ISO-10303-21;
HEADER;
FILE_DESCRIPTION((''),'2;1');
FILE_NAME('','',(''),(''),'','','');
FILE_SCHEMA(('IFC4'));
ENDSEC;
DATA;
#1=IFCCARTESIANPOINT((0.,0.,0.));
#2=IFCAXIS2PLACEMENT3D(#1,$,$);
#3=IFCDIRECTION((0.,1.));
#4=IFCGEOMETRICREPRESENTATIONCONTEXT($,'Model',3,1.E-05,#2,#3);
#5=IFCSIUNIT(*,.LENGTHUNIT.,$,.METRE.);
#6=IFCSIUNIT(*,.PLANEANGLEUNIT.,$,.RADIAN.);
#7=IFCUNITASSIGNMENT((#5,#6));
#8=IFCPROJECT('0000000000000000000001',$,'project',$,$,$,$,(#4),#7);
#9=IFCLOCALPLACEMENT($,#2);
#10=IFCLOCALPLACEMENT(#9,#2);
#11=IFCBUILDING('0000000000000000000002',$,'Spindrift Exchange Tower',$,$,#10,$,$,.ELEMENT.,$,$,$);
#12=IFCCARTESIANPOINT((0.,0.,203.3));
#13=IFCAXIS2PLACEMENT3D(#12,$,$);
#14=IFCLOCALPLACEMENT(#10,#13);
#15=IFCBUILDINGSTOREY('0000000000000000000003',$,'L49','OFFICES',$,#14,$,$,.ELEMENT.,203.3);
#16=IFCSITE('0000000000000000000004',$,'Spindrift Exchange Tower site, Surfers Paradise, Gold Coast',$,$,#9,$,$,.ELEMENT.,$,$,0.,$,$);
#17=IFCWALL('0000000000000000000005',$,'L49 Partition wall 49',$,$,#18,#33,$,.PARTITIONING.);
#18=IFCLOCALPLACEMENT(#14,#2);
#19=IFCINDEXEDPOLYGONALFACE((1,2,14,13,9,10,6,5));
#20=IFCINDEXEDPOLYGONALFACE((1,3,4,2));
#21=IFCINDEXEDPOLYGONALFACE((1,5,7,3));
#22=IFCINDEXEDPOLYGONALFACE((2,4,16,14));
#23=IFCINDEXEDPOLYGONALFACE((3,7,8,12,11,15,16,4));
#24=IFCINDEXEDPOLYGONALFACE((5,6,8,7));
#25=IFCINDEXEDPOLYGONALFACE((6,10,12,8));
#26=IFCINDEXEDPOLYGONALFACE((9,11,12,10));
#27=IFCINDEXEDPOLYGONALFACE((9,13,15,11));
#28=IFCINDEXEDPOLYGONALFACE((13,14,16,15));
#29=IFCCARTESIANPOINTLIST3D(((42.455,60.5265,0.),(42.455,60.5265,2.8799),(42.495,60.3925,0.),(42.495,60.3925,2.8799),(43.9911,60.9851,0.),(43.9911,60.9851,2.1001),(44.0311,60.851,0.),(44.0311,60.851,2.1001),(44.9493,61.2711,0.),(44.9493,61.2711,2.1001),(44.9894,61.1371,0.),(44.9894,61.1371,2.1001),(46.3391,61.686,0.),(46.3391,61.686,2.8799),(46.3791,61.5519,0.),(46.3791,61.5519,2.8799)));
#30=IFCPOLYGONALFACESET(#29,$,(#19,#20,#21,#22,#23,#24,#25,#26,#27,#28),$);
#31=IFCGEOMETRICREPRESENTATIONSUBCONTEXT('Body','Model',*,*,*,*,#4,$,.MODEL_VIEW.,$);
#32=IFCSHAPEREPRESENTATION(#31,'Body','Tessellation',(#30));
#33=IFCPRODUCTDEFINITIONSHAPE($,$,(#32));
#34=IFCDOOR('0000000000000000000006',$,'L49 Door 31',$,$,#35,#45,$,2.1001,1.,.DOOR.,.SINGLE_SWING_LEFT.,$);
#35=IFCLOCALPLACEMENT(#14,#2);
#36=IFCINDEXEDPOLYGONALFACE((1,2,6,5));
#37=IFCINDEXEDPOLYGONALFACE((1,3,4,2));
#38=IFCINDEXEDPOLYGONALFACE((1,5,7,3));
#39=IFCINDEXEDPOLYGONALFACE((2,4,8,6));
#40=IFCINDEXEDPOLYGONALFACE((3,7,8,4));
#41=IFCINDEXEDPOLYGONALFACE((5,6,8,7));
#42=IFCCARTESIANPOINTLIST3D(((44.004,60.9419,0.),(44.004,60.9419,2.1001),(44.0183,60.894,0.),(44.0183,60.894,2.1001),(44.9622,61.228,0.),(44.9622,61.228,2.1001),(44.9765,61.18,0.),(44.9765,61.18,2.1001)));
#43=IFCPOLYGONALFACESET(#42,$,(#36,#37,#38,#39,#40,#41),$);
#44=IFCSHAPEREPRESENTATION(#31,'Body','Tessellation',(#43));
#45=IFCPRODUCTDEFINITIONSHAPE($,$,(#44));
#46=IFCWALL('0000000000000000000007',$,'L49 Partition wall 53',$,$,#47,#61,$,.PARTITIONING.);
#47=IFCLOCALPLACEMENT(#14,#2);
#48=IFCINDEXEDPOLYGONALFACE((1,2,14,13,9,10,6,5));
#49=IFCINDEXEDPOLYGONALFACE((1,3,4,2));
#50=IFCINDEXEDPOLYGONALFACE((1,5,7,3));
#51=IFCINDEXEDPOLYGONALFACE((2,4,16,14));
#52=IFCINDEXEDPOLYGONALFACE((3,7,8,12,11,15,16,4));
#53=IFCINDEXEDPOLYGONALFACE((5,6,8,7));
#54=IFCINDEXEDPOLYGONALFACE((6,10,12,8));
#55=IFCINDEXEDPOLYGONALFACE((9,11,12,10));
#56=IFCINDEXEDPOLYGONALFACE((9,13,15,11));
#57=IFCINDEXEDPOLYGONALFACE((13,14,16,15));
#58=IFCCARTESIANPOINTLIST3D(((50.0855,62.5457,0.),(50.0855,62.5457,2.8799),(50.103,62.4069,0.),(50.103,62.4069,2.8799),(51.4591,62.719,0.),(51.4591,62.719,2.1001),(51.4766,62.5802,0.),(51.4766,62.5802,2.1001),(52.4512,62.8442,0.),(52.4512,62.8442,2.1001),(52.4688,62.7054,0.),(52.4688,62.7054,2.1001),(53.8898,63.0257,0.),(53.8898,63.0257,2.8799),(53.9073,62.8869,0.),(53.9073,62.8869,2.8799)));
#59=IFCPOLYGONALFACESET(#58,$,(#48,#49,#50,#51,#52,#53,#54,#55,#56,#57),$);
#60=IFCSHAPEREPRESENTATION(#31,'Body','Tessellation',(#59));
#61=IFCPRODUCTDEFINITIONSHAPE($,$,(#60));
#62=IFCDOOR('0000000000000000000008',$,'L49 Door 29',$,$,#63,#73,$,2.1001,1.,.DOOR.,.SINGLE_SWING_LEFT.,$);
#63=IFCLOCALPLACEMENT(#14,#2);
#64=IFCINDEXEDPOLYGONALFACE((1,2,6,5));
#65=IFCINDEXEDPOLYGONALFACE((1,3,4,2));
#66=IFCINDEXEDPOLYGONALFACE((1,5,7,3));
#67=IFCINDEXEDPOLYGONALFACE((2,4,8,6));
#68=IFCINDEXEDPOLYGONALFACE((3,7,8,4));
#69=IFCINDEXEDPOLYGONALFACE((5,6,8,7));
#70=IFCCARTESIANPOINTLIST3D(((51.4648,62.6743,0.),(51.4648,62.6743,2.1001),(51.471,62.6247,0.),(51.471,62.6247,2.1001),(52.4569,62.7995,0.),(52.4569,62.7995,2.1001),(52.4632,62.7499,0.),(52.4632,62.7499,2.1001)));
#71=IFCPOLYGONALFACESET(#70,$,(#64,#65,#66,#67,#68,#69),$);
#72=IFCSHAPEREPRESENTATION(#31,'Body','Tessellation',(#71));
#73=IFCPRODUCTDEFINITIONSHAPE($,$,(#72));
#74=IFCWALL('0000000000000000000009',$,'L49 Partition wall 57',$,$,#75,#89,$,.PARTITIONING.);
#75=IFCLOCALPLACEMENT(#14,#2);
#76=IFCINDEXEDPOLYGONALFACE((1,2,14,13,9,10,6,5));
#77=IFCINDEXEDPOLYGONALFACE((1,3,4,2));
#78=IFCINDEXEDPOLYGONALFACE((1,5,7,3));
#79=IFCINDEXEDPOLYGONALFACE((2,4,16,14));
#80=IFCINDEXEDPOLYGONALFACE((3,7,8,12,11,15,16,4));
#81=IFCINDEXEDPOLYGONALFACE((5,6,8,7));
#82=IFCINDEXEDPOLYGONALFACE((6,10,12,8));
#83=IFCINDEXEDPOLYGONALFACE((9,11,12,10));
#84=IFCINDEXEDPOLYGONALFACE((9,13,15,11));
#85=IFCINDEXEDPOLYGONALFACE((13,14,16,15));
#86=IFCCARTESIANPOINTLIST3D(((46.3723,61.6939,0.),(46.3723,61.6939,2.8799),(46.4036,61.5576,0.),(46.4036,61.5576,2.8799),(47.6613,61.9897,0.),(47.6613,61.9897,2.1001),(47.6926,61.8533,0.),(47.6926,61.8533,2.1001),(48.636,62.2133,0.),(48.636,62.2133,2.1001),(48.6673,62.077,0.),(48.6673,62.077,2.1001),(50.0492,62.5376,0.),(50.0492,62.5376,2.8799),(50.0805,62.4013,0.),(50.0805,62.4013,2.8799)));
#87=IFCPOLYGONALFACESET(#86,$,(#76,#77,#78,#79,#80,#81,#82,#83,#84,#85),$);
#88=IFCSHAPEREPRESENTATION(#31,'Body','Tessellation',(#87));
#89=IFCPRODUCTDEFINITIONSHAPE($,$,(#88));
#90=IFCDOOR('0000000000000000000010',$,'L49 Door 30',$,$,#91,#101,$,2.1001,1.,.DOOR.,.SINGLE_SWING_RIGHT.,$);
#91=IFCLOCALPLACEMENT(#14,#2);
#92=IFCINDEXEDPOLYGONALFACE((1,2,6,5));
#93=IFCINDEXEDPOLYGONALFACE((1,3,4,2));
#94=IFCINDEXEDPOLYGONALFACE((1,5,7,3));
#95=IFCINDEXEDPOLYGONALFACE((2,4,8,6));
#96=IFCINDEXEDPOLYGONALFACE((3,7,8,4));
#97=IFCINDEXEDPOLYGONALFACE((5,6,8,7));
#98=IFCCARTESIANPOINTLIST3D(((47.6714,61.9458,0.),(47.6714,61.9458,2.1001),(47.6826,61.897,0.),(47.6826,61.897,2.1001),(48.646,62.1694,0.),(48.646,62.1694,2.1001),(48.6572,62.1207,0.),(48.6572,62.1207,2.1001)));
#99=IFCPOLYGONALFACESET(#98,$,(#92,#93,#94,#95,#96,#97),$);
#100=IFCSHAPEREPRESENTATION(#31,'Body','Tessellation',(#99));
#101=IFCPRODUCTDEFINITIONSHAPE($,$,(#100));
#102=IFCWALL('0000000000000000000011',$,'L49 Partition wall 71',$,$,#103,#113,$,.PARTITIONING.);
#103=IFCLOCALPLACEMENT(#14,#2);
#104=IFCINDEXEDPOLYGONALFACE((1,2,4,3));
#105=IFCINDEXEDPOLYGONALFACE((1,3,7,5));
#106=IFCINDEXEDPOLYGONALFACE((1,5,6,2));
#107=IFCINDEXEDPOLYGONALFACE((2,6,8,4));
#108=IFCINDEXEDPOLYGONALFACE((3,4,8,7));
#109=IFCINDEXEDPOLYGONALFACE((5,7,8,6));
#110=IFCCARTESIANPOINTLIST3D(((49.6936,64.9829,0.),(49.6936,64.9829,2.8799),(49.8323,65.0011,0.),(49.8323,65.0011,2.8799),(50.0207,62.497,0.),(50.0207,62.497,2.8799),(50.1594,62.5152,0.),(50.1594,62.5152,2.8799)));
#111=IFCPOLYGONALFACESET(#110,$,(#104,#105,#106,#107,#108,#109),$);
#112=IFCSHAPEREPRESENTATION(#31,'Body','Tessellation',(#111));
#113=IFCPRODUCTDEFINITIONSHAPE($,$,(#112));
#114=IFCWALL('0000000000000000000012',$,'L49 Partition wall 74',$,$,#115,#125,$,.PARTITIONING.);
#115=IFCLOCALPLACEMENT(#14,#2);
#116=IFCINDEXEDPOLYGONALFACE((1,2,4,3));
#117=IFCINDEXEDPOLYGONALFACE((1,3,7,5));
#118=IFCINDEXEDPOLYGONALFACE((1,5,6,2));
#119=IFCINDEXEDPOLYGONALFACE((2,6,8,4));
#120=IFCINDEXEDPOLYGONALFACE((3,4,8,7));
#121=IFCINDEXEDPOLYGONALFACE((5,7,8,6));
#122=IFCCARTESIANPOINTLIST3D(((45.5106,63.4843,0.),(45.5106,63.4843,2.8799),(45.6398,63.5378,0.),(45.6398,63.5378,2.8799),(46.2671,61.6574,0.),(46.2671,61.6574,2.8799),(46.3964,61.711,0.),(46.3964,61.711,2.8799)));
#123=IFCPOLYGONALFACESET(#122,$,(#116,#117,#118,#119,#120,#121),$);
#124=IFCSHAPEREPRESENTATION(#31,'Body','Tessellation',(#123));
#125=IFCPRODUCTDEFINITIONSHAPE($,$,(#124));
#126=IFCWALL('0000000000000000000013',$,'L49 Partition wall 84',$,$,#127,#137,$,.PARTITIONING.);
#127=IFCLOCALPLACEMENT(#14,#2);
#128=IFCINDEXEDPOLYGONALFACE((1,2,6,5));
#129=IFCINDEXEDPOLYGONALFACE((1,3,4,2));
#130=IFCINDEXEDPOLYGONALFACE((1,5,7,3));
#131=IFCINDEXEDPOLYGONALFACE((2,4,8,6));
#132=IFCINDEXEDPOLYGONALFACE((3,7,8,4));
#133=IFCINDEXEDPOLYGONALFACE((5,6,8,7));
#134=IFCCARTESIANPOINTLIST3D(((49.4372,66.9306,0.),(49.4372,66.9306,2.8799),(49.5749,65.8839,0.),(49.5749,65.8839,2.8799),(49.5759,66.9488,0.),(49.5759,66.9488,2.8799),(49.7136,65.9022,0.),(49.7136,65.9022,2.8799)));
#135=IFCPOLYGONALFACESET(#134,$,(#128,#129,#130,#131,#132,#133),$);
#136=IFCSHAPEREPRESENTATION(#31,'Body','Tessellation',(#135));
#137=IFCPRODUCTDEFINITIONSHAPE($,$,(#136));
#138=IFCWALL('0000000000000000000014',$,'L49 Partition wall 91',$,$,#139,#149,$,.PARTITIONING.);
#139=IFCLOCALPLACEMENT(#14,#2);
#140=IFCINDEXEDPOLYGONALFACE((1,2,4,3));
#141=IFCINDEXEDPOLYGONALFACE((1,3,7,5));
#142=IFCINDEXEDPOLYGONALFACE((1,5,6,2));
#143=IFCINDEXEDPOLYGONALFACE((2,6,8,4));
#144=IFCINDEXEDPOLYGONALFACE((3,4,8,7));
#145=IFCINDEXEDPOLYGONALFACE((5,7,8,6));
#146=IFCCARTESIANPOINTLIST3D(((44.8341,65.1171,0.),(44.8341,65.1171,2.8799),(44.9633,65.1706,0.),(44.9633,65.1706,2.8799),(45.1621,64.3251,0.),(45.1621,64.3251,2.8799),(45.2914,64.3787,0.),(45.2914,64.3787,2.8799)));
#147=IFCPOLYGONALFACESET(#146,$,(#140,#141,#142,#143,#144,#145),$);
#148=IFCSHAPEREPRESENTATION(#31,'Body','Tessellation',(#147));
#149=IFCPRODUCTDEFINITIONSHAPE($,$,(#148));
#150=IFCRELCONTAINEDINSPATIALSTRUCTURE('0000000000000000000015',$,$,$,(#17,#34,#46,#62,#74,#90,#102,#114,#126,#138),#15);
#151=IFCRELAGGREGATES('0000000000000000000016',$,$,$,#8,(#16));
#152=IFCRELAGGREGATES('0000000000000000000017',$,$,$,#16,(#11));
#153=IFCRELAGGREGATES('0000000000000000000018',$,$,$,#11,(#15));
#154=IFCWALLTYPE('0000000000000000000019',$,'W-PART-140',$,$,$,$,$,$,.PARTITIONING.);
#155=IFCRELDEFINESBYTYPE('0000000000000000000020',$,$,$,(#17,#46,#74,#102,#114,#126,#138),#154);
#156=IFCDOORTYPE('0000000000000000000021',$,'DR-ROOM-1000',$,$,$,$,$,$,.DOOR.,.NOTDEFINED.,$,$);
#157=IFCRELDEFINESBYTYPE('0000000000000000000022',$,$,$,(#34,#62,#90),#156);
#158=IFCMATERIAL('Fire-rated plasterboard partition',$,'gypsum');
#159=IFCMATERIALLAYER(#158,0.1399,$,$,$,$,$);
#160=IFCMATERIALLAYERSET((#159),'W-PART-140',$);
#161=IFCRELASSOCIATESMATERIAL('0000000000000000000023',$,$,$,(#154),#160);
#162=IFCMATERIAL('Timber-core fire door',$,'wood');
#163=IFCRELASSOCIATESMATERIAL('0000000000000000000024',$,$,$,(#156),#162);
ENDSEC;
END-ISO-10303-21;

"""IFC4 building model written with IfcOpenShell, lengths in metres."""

from ifc_helpers import new_model, si_unit, direction, frame, frame_2d, origin, place, context, subcontext, project, spatial, rectangle, extrude, source, transform, mapped, material, layer, layer_set, type_object, element, fill, save


model = new_model("IFC4")

# Units and contexts
model_context = context("Model", 3, precision=1e-05, world=origin(), true_north=direction((0.0, 1.0)))
body_context = subcontext(model_context, "Body", "Model", "MODEL_VIEW")
ifc_project = project(units=[si_unit("LENGTHUNIT", "METRE"), si_unit("PLANEANGLEUNIT", "RADIAN")], contexts=[model_context])

# Site, building, storey
site_placement = place(None, origin())
site = spatial("IfcSite", under=ifc_project, at=site_placement, Name="Spindrift Exchange Tower site, Surfers Paradise, Gold Coast", CompositionType="ELEMENT", RefElevation=0.0)
building_placement = place(site_placement, origin())
building = spatial("IfcBuilding", under=site, at=building_placement, Name="Spindrift Exchange Tower", CompositionType="ELEMENT")
storey_placement = place(building_placement, frame((0.0, 0.0, 203.3)))
storey = spatial("IfcBuildingStorey", under=building, at=storey_placement, Name="L49", Description="OFFICES", CompositionType="ELEMENT", Elevation=203.3)

# Walls, openings, doors
ifc_material_1 = material(Name="Fire-rated plasterboard partition", Category="gypsum")
ifc_layer_1 = layer(ifc_material_1, 0.1399)
ifc_layer_set_1 = layer_set([ifc_layer_1], Name="W-PART-140")
wall_type = type_object("IfcWallType", Name="W-PART-140", PredefinedType="PARTITIONING", material=ifc_layer_set_1)
wall_1_placement = place(storey_placement, frame((42.4749, 60.4595, 0.0), z_axis=(0.0, 0.0, 1.0), x_axis=(0.958218, 0.286038, 0.0)))
wall_1 = element("IfcWall", 1, at=wall_1_placement, inside=storey, type_object=wall_type, Name="L49 Partition wall 49", PredefinedType="PARTITIONING", context=body_context, shape_type="SweptSolid", body=[
    extrude(rectangle(XDim=4.0535, YDim=0.1399, at=frame_2d((2.0269, 0.0))), origin(), (0.0, 0.0, 1.0), 2.8799),
])
opening_1_placement = place(wall_1_placement, frame((1.6033, 0.0, 0.0)))
opening_1 = element("IfcOpeningElement", 2, at=opening_1_placement, cuts=wall_1, PredefinedType="OPENING", context=body_context, shape_type="SweptSolid", body=[
    extrude(rectangle(XDim=1.0, YDim=2.1001, at=frame_2d((0.5, 1.05))), frame((0.0, 0.0798, 0.0), z_axis=(0.0, -1.0, 0.0), x_axis=(1.0, 0.0, 0.0)), (0.0, 0.0, 1.0), 0.1599),
])
ifc_material_2 = material(Name="Timber-core fire door", Category="wood")
door_type = type_object("IfcDoorType", Name="DR-ROOM-1000", OperationType="NOTDEFINED", PredefinedType="DOOR", material=ifc_material_2)
shared_shape_1 = source(origin(), body_context, "Body", "SweptSolid", [
    extrude(rectangle(XDim=1.0, YDim=2.1001, at=frame_2d((0.5, 1.05))), frame((0.0, 0.0249, 0.0), z_axis=(0.0, -1.0, 0.0), x_axis=(1.0, 0.0, 0.0)), (0.0, 0.0, 1.0), 0.05),
])
door_1_placement = place(opening_1_placement, origin())
door_1 = element("IfcDoor", 3, at=door_1_placement, inside=storey, type_object=door_type, Name="L49 Door 31", OperationType="SINGLE_SWING_LEFT", OverallHeight=2.1001, OverallWidth=1.0, PredefinedType="DOOR", context=body_context, shape_type="MappedRepresentation", body=[
    mapped(shared_shape_1, transform((0.0, 0.0, 0.0), scale=1.0)),
])
fill(opening_1, door_1)
wall_2_placement = place(storey_placement, frame((50.0942, 62.4763, 0.0), z_axis=(0.0, 0.0, 1.0), x_axis=(0.992134, 0.125179, 0.0)))
wall_2 = element("IfcWall", 4, at=wall_2_placement, inside=storey, type_object=wall_type, Name="L49 Partition wall 53", PredefinedType="PARTITIONING", context=body_context, shape_type="SweptSolid", body=[
    extrude(rectangle(XDim=3.8345, YDim=0.1399, at=frame_2d((1.9172, 0.0))), origin(), (0.0, 0.0, 1.0), 2.8799),
])
opening_2_placement = place(wall_2_placement, frame((1.3845, 0.0, 0.0)))
opening_2 = element("IfcOpeningElement", 5, at=opening_2_placement, cuts=wall_2, PredefinedType="OPENING", context=body_context, shape_type="SweptSolid", body=[
    extrude(rectangle(XDim=1.0, YDim=2.1001, at=frame_2d((0.5, 1.05))), frame((0.0, 0.0798, 0.0), z_axis=(0.0, -1.0, 0.0), x_axis=(1.0, 0.0, 0.0)), (0.0, 0.0, 1.0), 0.1599),
])
door_2_placement = place(opening_2_placement, origin())
door_2 = element("IfcDoor", 6, at=door_2_placement, inside=storey, type_object=door_type, Name="L49 Door 29", OperationType="SINGLE_SWING_LEFT", OverallHeight=2.1001, OverallWidth=1.0, PredefinedType="DOOR", context=body_context, shape_type="MappedRepresentation", body=[
    mapped(shared_shape_1, transform((0.0, 0.0, 0.0), scale=1.0)),
])
fill(opening_2, door_2)
wall_3_placement = place(storey_placement, frame((46.3879, 61.6257, 0.0), z_axis=(0.0, 0.0, 1.0), x_axis=(0.974669, 0.223654, 0.0)))
wall_3 = element("IfcWall", 7, at=wall_3_placement, inside=storey, type_object=wall_type, Name="L49 Partition wall 57", PredefinedType="PARTITIONING", context=body_context, shape_type="SweptSolid", body=[
    extrude(rectangle(XDim=3.7725, YDim=0.1399, at=frame_2d((1.8862, 0.0))), origin(), (0.0, 0.0, 1.0), 2.8799),
])
opening_3_placement = place(wall_3_placement, frame((1.3225, 0.0, 0.0)))
opening_3 = element("IfcOpeningElement", 8, at=opening_3_placement, cuts=wall_3, PredefinedType="OPENING", context=body_context, shape_type="SweptSolid", body=[
    extrude(rectangle(XDim=1.0, YDim=2.1001, at=frame_2d((0.5, 1.05))), frame((0.0, 0.0798, 0.0), z_axis=(0.0, -1.0, 0.0), x_axis=(1.0, 0.0, 0.0)), (0.0, 0.0, 1.0), 0.1599),
])
door_3_placement = place(opening_3_placement, origin())
door_3 = element("IfcDoor", 9, at=door_3_placement, inside=storey, type_object=door_type, Name="L49 Door 30", OperationType="SINGLE_SWING_RIGHT", OverallHeight=2.1001, OverallWidth=1.0, PredefinedType="DOOR", context=body_context, shape_type="MappedRepresentation", body=[
    mapped(shared_shape_1, transform((0.0, 0.0, 0.0), scale=1.0)),
])
fill(opening_3, door_3)

# Walls
wall_4_placement = place(storey_placement, frame((50.0901, 62.5061, 0.0), z_axis=(0.0, 0.0, 1.0), x_axis=(-0.13048, 0.991451, 0.0)))
element("IfcWall", 10, at=wall_4_placement, inside=storey, type_object=wall_type, Name="L49 Partition wall 71", PredefinedType="PARTITIONING", context=body_context, shape_type="SweptSolid", body=[
    extrude(rectangle(XDim=2.5073, YDim=0.1399, at=frame_2d((1.2537, 0.0))), origin(), (0.0, 0.0, 1.0), 2.8799),
])
wall_5_placement = place(storey_placement, frame((46.3318, 61.6841, 0.0), z_axis=(0.0, 0.0, 1.0), x_axis=(-0.382624, 0.923904, 0.0)))
element("IfcWall", 11, at=wall_5_placement, inside=storey, type_object=wall_type, Name="L49 Partition wall 74", PredefinedType="PARTITIONING", context=body_context, shape_type="SweptSolid", body=[
    extrude(rectangle(XDim=1.9773, YDim=0.1399, at=frame_2d((0.9888, 0.0))), origin(), (0.0, 0.0, 1.0), 2.8799),
])
wall_6_placement = place(storey_placement, frame((49.6443, 65.8931, 0.0), z_axis=(0.0, 0.0, 1.0), x_axis=(-0.130437, 0.991457, 0.0)))
element("IfcWall", 12, at=wall_6_placement, inside=storey, type_object=wall_type, Name="L49 Partition wall 84", PredefinedType="PARTITIONING", context=body_context, shape_type="SweptSolid", body=[
    extrude(rectangle(XDim=1.0557, YDim=0.1399, at=frame_2d((0.5278, 0.0))), origin(), (0.0, 0.0, 1.0), 2.8799),
])
wall_7_placement = place(storey_placement, frame((45.2268, 64.3518, 0.0), z_axis=(0.0, 0.0, 1.0), x_axis=(-0.382754, 0.92385, 0.0)))
element("IfcWall", 13, at=wall_7_placement, inside=storey, type_object=wall_type, Name="L49 Partition wall 91", PredefinedType="PARTITIONING", context=body_context, shape_type="SweptSolid", body=[
    extrude(rectangle(XDim=0.8572, YDim=0.1399, at=frame_2d((0.4287, 0.0))), origin(), (0.0, 0.0, 1.0), 2.8799),
])

save(model, "model.ifc")
